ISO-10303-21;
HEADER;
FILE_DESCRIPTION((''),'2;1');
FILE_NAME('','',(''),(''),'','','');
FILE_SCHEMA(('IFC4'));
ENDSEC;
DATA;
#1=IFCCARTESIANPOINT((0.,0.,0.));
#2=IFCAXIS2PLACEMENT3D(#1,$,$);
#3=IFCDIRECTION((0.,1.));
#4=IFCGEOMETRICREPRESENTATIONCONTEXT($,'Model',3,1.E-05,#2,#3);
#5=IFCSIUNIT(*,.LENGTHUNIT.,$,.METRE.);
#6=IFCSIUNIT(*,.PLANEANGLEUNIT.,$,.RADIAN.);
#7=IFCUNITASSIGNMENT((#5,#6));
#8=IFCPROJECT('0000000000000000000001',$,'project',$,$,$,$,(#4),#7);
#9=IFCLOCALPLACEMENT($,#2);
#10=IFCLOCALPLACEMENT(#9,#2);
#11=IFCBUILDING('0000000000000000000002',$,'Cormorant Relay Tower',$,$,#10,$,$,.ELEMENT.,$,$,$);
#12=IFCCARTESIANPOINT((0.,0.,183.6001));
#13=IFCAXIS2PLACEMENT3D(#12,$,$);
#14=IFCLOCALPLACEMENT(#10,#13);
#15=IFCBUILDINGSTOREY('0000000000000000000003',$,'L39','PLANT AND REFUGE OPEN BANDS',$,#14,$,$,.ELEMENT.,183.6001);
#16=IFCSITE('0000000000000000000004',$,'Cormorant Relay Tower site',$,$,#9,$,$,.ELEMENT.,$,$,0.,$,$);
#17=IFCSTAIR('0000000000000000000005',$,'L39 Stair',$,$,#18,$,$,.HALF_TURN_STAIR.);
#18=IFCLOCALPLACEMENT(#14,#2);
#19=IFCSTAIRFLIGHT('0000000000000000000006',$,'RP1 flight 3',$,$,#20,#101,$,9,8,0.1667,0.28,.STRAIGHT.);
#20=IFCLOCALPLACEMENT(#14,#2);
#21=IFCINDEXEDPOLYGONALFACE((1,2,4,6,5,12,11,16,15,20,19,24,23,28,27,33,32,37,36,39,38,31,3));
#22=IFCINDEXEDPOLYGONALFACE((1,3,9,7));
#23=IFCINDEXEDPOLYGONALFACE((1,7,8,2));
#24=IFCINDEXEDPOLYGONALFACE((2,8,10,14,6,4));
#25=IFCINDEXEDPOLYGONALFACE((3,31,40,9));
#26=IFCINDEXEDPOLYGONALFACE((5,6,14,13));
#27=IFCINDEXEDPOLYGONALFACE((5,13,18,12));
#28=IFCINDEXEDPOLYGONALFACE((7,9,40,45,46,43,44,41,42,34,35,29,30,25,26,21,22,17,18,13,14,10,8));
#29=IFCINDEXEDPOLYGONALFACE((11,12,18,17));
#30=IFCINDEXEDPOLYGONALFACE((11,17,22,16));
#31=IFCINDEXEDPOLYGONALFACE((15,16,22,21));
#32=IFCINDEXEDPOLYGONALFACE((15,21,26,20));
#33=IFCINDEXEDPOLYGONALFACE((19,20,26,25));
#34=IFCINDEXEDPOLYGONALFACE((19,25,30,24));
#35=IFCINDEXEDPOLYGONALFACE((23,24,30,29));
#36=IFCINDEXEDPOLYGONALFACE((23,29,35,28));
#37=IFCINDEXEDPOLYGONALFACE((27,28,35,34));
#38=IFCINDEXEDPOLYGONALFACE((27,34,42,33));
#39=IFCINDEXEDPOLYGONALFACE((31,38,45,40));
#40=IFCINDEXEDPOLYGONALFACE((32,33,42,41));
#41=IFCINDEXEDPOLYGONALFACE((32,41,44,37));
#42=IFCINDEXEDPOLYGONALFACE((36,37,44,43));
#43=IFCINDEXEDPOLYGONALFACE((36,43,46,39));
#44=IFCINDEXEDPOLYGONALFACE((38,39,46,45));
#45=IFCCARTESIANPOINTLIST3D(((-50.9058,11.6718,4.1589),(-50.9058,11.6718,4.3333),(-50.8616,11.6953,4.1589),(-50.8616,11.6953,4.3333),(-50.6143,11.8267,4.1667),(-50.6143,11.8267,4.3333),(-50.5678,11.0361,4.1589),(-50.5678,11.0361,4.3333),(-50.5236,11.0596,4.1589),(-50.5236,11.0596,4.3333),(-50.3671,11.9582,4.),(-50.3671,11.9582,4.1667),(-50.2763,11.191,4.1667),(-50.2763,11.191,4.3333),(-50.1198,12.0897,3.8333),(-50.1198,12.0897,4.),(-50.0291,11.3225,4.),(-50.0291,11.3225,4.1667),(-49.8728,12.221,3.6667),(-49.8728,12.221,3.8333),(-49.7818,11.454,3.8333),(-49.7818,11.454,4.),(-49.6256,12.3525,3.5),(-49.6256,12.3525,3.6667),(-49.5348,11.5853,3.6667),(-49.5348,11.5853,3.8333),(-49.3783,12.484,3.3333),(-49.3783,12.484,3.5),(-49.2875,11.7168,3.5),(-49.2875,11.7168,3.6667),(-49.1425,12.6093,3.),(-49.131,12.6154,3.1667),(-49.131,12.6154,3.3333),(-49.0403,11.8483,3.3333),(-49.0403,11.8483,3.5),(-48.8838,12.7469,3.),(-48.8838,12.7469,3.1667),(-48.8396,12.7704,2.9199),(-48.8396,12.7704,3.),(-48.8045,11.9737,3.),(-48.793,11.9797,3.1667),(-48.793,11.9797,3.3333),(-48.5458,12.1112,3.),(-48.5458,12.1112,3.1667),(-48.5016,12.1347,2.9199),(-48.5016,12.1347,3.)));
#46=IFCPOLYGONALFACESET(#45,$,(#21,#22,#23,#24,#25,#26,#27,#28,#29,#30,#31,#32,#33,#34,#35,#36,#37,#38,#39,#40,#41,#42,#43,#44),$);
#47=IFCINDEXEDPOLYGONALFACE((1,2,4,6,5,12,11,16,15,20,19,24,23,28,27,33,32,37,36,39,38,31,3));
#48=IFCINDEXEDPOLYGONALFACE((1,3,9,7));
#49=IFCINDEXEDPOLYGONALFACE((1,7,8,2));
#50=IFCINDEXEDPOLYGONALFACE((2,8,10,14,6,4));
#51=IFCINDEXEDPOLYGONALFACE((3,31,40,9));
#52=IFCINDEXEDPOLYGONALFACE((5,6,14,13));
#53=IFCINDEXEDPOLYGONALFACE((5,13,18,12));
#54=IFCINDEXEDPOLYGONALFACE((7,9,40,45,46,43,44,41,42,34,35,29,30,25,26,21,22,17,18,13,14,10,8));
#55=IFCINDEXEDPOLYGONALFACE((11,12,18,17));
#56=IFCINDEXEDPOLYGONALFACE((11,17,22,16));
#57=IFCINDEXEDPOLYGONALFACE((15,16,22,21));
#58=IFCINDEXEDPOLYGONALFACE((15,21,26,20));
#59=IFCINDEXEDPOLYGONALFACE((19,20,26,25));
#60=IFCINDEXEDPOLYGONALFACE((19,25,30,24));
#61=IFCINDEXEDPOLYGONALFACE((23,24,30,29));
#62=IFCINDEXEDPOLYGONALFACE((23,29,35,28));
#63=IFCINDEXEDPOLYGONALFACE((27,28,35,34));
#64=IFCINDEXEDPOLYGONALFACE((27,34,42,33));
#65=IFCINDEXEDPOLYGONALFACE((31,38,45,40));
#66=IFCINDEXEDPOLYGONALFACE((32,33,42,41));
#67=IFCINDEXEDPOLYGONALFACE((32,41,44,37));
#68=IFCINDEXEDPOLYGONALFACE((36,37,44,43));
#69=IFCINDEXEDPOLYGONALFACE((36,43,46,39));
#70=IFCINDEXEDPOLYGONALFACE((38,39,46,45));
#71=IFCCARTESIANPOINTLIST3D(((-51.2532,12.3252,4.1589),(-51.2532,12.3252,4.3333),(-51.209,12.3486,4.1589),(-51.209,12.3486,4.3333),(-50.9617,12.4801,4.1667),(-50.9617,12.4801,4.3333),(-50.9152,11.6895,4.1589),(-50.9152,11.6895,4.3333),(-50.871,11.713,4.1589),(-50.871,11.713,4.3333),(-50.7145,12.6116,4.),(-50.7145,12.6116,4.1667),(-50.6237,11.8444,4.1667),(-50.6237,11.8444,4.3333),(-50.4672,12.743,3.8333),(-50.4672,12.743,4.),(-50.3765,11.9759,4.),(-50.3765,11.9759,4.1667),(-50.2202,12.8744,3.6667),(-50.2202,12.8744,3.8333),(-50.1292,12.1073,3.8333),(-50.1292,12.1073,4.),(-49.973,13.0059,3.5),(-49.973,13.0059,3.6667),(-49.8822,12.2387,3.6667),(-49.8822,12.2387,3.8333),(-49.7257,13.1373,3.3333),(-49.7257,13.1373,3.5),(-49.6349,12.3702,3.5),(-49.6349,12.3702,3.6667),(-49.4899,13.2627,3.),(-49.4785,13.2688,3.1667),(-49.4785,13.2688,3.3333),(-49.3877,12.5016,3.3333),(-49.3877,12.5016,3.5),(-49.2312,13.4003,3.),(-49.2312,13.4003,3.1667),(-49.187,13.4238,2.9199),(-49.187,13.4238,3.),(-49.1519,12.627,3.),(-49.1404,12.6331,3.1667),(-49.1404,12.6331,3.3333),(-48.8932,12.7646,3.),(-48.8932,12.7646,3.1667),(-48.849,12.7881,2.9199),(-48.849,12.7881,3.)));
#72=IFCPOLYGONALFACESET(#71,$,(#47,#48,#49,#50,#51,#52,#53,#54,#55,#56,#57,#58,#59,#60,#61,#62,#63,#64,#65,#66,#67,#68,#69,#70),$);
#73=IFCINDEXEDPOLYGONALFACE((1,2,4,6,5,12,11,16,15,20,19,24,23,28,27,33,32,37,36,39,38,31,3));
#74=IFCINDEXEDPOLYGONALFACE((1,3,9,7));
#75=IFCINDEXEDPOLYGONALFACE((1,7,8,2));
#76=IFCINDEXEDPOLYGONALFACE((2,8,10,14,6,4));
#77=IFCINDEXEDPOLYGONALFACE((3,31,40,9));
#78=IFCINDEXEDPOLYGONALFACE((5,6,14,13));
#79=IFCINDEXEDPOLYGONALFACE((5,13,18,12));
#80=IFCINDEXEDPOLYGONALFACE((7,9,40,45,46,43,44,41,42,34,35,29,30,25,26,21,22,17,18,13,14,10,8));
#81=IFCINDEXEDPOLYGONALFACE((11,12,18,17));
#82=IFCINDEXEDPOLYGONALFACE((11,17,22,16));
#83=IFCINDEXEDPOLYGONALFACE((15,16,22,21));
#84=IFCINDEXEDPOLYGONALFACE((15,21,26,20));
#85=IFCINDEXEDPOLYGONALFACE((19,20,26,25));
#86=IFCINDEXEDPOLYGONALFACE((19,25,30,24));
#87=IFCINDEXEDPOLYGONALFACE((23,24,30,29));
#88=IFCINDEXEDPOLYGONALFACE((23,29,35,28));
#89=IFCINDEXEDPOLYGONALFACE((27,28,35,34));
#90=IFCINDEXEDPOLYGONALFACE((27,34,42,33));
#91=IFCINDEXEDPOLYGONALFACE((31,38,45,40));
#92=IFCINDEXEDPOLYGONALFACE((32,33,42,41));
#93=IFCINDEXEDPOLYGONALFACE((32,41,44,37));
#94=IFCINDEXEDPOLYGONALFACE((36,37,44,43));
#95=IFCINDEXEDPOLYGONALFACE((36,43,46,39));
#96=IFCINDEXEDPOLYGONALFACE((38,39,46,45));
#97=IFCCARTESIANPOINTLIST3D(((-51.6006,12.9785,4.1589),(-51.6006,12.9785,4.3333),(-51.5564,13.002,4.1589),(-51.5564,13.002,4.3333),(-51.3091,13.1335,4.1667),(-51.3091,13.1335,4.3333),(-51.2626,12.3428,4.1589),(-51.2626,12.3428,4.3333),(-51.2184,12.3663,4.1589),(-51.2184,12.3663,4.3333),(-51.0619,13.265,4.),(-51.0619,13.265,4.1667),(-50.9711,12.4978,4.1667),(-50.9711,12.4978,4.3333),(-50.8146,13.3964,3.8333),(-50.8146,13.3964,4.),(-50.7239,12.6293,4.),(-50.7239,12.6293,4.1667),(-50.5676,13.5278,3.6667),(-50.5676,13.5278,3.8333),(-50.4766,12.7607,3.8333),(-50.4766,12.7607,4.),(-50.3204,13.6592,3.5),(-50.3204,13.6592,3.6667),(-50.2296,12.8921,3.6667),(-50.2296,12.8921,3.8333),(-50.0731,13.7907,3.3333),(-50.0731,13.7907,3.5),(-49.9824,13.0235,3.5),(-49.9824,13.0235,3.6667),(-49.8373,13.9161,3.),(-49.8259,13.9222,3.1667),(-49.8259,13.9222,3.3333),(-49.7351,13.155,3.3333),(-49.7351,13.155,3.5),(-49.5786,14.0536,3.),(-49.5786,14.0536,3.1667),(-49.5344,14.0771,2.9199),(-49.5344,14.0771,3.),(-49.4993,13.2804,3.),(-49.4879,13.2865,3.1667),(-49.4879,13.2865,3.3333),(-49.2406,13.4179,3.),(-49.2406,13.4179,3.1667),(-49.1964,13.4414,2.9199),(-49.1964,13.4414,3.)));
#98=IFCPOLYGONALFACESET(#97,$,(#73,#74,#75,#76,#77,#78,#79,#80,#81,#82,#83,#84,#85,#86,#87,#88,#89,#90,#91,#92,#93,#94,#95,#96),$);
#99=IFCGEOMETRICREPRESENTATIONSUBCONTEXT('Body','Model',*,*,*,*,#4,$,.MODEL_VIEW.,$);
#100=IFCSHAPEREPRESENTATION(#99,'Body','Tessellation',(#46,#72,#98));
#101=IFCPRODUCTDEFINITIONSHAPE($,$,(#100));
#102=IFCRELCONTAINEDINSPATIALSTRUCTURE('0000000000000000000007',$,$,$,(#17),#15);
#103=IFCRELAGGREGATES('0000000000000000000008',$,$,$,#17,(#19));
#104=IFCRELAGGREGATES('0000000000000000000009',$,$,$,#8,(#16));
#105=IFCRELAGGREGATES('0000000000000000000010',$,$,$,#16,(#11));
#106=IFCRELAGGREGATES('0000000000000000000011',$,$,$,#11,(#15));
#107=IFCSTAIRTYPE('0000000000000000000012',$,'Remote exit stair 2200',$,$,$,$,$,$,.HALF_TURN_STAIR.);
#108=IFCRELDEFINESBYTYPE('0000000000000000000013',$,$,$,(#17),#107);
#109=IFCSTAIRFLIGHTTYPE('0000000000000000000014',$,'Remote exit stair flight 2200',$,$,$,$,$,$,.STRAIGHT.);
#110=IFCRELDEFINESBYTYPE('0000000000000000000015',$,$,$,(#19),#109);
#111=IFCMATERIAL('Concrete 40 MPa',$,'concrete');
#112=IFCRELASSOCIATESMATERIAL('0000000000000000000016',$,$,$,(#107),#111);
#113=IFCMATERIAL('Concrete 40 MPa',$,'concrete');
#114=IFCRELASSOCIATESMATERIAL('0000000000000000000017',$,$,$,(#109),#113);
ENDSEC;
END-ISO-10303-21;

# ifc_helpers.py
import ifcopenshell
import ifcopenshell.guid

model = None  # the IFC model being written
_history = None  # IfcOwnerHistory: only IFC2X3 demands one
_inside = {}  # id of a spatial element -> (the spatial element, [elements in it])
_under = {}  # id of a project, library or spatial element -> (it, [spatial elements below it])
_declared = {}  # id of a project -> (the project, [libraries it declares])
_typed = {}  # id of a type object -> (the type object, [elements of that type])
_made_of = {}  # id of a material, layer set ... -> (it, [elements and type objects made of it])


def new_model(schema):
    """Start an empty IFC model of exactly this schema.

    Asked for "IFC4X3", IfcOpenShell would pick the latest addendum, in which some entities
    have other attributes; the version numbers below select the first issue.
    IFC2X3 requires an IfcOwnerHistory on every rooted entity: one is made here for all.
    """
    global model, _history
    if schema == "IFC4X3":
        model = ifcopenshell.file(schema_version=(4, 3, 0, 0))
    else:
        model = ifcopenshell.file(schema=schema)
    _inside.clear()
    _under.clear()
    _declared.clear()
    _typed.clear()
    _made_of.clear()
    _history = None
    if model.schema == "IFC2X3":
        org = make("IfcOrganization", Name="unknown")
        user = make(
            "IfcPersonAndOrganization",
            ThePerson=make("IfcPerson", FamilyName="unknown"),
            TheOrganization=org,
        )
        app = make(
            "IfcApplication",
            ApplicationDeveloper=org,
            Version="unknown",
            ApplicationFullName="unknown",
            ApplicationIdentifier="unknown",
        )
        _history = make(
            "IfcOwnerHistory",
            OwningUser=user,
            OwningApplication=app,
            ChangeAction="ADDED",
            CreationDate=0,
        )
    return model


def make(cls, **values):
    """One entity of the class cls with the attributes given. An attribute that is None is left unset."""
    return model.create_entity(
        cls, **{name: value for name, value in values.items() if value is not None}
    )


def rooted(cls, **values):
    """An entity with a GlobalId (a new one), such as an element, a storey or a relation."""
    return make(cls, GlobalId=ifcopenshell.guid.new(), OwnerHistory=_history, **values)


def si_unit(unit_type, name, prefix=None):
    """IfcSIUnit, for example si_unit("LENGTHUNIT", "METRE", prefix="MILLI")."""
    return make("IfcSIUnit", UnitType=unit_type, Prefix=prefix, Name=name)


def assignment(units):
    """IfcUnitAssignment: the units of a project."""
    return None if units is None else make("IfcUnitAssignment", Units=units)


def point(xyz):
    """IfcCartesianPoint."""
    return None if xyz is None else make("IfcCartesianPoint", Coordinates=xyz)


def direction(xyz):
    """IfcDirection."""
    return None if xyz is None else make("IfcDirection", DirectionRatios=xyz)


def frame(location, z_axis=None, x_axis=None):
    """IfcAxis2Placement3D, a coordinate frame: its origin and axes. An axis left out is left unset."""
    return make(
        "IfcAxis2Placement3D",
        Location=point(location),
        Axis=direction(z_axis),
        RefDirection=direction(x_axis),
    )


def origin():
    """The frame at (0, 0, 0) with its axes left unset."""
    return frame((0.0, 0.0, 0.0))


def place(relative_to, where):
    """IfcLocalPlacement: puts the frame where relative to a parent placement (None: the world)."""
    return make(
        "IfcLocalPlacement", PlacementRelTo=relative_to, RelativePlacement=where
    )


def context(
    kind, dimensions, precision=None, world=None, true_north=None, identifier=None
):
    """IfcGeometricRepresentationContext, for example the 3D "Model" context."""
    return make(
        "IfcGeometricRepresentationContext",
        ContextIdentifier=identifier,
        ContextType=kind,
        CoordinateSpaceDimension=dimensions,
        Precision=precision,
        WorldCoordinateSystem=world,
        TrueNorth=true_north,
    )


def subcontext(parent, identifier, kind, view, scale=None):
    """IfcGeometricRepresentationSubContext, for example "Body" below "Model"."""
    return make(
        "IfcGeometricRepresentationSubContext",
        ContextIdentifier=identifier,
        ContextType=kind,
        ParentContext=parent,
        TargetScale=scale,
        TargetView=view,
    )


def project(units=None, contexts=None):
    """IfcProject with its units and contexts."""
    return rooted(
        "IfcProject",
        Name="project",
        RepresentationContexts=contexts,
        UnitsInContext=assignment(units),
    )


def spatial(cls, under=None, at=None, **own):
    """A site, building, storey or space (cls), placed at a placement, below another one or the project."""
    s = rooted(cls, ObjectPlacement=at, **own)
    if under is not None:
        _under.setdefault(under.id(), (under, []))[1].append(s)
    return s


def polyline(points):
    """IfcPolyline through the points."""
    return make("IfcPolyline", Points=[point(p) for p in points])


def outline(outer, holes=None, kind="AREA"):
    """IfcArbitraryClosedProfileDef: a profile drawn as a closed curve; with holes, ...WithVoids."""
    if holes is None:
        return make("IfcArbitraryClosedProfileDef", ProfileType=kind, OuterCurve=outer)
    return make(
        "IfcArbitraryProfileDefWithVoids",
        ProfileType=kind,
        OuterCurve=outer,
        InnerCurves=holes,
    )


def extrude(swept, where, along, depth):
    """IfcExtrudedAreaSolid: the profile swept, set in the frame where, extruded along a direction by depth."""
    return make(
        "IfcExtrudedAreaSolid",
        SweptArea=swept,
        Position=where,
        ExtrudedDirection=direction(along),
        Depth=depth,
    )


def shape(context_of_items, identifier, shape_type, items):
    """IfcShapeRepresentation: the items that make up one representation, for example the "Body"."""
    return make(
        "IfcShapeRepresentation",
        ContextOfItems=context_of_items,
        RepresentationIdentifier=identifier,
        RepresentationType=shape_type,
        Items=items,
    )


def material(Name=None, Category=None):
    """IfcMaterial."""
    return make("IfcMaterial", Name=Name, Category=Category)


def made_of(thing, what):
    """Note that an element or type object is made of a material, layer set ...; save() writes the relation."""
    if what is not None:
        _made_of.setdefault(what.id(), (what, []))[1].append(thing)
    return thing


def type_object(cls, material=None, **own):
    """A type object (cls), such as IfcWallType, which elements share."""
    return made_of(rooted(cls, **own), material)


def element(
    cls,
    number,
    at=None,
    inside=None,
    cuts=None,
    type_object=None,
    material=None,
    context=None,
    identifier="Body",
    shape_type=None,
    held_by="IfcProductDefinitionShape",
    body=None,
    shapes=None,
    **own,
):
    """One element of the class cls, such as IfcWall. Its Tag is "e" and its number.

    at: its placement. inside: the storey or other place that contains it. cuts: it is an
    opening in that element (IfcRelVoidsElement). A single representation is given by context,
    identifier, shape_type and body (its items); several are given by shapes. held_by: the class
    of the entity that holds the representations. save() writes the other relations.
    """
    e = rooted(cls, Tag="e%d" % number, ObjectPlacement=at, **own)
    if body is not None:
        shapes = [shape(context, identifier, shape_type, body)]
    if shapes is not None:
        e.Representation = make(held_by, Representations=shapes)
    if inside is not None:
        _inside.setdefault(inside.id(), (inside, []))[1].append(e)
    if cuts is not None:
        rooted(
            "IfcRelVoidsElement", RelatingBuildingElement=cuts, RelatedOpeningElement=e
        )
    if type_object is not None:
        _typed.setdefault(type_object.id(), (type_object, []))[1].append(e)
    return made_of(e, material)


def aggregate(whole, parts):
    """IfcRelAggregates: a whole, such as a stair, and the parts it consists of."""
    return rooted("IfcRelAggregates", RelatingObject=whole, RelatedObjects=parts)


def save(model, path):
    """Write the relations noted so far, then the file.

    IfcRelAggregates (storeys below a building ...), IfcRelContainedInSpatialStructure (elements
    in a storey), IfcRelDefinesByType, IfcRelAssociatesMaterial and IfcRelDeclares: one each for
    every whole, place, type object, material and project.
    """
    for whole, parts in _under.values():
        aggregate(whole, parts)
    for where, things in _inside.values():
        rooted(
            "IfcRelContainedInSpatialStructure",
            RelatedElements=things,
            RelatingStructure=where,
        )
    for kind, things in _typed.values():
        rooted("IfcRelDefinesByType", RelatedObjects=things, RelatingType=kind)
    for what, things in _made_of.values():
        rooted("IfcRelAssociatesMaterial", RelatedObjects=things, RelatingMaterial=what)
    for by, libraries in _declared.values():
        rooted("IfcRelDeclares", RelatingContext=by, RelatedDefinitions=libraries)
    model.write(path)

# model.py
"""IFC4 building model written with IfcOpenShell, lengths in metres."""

from ifc_helpers import new_model, si_unit, direction, frame, origin, place, context, subcontext, project, spatial, polyline, outline, extrude, material, type_object, element, aggregate, save


model = new_model("IFC4")

# Units and contexts
model_context = context("Model", 3, precision=1e-05, world=origin(), true_north=direction((0.0, 1.0)))
body_context = subcontext(model_context, "Body", "Model", "MODEL_VIEW")
ifc_project = project(units=[si_unit("LENGTHUNIT", "METRE"), si_unit("PLANEANGLEUNIT", "RADIAN")], contexts=[model_context])

# Site, building, storey
site_placement = place(None, origin())
site = spatial("IfcSite", under=ifc_project, at=site_placement, Name="Cormorant Relay Tower site", CompositionType="ELEMENT", RefElevation=0.0)
building_placement = place(site_placement, origin())
building = spatial("IfcBuilding", under=site, at=building_placement, Name="Cormorant Relay Tower", CompositionType="ELEMENT")
storey_placement = place(building_placement, frame((0.0, 0.0, 183.6001)))
storey = spatial("IfcBuildingStorey", under=building, at=storey_placement, Name="L39", Description="PLANT AND REFUGE OPEN BANDS", CompositionType="ELEMENT", Elevation=183.6001)

# Stair, stair flight
ifc_material_1 = material(Name="Concrete 40 MPa", Category="concrete")
stair_type = type_object("IfcStairType", Name="Remote exit stair 2200", PredefinedType="HALF_TURN_STAIR", material=ifc_material_1)
stair_placement = place(storey_placement, origin())
stair = element("IfcStair", 1, at=stair_placement, inside=storey, type_object=stair_type, Name="L39 Stair", PredefinedType="HALF_TURN_STAIR")
ifc_material_2 = material(Name="Concrete 40 MPa", Category="concrete")
stair_flight_type = type_object("IfcStairFlightType", Name="Remote exit stair flight 2200", PredefinedType="STRAIGHT", material=ifc_material_2)
stair_flight_1_placement = place(storey_placement, frame((-49.0623, 13.0825, 3.0), z_axis=(0.0, 0.0, 1.0), x_axis=(-0.882948, -0.469472, 0.0)))
stair_flight_1 = element("IfcStairFlight", 2, at=stair_flight_1_placement, type_object=stair_flight_type, Name="RP1 flight 3", NumberOfRisers=9, NumberOfTreads=8, PredefinedType="STRAIGHT", RiserHeight=0.1667, TreadLength=0.28, context=body_context, shape_type="SweptSolid", body=[
    extrude(outline(polyline([(-0.05, -0.0801), (-0.05, 0.0), (0.0, 0.0), (0.0, 0.1667), (0.28, 0.1667), (0.28, 0.3333), (0.5601, 0.3333), (0.5601, 0.5), (0.8401, 0.5), (0.8401, 0.6667), (1.1201, 0.6667), (1.1201, 0.8333), (1.3999, 0.8333), (1.3999, 1.0), (1.6799, 1.0), (1.6799, 1.1667), (1.96, 1.1667), (1.96, 1.3333), (2.24, 1.3333), (2.29, 1.3333), (2.29, 1.1589), (2.24, 1.1589), (0.293, 0.0), (-0.05, -0.0801)])), frame((0.0, 1.1001, 0.0), z_axis=(0.0, -1.0, 0.0), x_axis=(1.0, 0.0, 0.0)), (0.0, 0.0, 1.0), 0.72),
    extrude(outline(polyline([(-0.05, -0.0801), (-0.05, 0.0), (0.0, 0.0), (0.0, 0.1667), (0.28, 0.1667), (0.28, 0.3333), (0.5601, 0.3333), (0.5601, 0.5), (0.8401, 0.5), (0.8401, 0.6667), (1.1201, 0.6667), (1.1201, 0.8333), (1.3999, 0.8333), (1.3999, 1.0), (1.6799, 1.0), (1.6799, 1.1667), (1.96, 1.1667), (1.96, 1.3333), (2.24, 1.3333), (2.29, 1.3333), (2.29, 1.1589), (2.24, 1.1589), (0.293, 0.0), (-0.05, -0.0801)])), frame((0.0, 0.3601, 0.0), z_axis=(0.0, -1.0, 0.0), x_axis=(1.0, 0.0, 0.0)), (0.0, 0.0, 1.0), 0.72),
    extrude(outline(polyline([(-0.05, -0.0801), (-0.05, 0.0), (0.0, 0.0), (0.0, 0.1667), (0.28, 0.1667), (0.28, 0.3333), (0.5601, 0.3333), (0.5601, 0.5), (0.8401, 0.5), (0.8401, 0.6667), (1.1201, 0.6667), (1.1201, 0.8333), (1.3999, 0.8333), (1.3999, 1.0), (1.6799, 1.0), (1.6799, 1.1667), (1.96, 1.1667), (1.96, 1.3333), (2.24, 1.3333), (2.29, 1.3333), (2.29, 1.1589), (2.24, 1.1589), (0.293, 0.0), (-0.05, -0.0801)])), frame((0.0, -0.3799, 0.0), z_axis=(0.0, -1.0, 0.0), x_axis=(1.0, 0.0, 0.0)), (0.0, 0.0, 1.0), 0.72),
])
aggregate(stair, [stair_flight_1])

save(model, "model.ifc")
